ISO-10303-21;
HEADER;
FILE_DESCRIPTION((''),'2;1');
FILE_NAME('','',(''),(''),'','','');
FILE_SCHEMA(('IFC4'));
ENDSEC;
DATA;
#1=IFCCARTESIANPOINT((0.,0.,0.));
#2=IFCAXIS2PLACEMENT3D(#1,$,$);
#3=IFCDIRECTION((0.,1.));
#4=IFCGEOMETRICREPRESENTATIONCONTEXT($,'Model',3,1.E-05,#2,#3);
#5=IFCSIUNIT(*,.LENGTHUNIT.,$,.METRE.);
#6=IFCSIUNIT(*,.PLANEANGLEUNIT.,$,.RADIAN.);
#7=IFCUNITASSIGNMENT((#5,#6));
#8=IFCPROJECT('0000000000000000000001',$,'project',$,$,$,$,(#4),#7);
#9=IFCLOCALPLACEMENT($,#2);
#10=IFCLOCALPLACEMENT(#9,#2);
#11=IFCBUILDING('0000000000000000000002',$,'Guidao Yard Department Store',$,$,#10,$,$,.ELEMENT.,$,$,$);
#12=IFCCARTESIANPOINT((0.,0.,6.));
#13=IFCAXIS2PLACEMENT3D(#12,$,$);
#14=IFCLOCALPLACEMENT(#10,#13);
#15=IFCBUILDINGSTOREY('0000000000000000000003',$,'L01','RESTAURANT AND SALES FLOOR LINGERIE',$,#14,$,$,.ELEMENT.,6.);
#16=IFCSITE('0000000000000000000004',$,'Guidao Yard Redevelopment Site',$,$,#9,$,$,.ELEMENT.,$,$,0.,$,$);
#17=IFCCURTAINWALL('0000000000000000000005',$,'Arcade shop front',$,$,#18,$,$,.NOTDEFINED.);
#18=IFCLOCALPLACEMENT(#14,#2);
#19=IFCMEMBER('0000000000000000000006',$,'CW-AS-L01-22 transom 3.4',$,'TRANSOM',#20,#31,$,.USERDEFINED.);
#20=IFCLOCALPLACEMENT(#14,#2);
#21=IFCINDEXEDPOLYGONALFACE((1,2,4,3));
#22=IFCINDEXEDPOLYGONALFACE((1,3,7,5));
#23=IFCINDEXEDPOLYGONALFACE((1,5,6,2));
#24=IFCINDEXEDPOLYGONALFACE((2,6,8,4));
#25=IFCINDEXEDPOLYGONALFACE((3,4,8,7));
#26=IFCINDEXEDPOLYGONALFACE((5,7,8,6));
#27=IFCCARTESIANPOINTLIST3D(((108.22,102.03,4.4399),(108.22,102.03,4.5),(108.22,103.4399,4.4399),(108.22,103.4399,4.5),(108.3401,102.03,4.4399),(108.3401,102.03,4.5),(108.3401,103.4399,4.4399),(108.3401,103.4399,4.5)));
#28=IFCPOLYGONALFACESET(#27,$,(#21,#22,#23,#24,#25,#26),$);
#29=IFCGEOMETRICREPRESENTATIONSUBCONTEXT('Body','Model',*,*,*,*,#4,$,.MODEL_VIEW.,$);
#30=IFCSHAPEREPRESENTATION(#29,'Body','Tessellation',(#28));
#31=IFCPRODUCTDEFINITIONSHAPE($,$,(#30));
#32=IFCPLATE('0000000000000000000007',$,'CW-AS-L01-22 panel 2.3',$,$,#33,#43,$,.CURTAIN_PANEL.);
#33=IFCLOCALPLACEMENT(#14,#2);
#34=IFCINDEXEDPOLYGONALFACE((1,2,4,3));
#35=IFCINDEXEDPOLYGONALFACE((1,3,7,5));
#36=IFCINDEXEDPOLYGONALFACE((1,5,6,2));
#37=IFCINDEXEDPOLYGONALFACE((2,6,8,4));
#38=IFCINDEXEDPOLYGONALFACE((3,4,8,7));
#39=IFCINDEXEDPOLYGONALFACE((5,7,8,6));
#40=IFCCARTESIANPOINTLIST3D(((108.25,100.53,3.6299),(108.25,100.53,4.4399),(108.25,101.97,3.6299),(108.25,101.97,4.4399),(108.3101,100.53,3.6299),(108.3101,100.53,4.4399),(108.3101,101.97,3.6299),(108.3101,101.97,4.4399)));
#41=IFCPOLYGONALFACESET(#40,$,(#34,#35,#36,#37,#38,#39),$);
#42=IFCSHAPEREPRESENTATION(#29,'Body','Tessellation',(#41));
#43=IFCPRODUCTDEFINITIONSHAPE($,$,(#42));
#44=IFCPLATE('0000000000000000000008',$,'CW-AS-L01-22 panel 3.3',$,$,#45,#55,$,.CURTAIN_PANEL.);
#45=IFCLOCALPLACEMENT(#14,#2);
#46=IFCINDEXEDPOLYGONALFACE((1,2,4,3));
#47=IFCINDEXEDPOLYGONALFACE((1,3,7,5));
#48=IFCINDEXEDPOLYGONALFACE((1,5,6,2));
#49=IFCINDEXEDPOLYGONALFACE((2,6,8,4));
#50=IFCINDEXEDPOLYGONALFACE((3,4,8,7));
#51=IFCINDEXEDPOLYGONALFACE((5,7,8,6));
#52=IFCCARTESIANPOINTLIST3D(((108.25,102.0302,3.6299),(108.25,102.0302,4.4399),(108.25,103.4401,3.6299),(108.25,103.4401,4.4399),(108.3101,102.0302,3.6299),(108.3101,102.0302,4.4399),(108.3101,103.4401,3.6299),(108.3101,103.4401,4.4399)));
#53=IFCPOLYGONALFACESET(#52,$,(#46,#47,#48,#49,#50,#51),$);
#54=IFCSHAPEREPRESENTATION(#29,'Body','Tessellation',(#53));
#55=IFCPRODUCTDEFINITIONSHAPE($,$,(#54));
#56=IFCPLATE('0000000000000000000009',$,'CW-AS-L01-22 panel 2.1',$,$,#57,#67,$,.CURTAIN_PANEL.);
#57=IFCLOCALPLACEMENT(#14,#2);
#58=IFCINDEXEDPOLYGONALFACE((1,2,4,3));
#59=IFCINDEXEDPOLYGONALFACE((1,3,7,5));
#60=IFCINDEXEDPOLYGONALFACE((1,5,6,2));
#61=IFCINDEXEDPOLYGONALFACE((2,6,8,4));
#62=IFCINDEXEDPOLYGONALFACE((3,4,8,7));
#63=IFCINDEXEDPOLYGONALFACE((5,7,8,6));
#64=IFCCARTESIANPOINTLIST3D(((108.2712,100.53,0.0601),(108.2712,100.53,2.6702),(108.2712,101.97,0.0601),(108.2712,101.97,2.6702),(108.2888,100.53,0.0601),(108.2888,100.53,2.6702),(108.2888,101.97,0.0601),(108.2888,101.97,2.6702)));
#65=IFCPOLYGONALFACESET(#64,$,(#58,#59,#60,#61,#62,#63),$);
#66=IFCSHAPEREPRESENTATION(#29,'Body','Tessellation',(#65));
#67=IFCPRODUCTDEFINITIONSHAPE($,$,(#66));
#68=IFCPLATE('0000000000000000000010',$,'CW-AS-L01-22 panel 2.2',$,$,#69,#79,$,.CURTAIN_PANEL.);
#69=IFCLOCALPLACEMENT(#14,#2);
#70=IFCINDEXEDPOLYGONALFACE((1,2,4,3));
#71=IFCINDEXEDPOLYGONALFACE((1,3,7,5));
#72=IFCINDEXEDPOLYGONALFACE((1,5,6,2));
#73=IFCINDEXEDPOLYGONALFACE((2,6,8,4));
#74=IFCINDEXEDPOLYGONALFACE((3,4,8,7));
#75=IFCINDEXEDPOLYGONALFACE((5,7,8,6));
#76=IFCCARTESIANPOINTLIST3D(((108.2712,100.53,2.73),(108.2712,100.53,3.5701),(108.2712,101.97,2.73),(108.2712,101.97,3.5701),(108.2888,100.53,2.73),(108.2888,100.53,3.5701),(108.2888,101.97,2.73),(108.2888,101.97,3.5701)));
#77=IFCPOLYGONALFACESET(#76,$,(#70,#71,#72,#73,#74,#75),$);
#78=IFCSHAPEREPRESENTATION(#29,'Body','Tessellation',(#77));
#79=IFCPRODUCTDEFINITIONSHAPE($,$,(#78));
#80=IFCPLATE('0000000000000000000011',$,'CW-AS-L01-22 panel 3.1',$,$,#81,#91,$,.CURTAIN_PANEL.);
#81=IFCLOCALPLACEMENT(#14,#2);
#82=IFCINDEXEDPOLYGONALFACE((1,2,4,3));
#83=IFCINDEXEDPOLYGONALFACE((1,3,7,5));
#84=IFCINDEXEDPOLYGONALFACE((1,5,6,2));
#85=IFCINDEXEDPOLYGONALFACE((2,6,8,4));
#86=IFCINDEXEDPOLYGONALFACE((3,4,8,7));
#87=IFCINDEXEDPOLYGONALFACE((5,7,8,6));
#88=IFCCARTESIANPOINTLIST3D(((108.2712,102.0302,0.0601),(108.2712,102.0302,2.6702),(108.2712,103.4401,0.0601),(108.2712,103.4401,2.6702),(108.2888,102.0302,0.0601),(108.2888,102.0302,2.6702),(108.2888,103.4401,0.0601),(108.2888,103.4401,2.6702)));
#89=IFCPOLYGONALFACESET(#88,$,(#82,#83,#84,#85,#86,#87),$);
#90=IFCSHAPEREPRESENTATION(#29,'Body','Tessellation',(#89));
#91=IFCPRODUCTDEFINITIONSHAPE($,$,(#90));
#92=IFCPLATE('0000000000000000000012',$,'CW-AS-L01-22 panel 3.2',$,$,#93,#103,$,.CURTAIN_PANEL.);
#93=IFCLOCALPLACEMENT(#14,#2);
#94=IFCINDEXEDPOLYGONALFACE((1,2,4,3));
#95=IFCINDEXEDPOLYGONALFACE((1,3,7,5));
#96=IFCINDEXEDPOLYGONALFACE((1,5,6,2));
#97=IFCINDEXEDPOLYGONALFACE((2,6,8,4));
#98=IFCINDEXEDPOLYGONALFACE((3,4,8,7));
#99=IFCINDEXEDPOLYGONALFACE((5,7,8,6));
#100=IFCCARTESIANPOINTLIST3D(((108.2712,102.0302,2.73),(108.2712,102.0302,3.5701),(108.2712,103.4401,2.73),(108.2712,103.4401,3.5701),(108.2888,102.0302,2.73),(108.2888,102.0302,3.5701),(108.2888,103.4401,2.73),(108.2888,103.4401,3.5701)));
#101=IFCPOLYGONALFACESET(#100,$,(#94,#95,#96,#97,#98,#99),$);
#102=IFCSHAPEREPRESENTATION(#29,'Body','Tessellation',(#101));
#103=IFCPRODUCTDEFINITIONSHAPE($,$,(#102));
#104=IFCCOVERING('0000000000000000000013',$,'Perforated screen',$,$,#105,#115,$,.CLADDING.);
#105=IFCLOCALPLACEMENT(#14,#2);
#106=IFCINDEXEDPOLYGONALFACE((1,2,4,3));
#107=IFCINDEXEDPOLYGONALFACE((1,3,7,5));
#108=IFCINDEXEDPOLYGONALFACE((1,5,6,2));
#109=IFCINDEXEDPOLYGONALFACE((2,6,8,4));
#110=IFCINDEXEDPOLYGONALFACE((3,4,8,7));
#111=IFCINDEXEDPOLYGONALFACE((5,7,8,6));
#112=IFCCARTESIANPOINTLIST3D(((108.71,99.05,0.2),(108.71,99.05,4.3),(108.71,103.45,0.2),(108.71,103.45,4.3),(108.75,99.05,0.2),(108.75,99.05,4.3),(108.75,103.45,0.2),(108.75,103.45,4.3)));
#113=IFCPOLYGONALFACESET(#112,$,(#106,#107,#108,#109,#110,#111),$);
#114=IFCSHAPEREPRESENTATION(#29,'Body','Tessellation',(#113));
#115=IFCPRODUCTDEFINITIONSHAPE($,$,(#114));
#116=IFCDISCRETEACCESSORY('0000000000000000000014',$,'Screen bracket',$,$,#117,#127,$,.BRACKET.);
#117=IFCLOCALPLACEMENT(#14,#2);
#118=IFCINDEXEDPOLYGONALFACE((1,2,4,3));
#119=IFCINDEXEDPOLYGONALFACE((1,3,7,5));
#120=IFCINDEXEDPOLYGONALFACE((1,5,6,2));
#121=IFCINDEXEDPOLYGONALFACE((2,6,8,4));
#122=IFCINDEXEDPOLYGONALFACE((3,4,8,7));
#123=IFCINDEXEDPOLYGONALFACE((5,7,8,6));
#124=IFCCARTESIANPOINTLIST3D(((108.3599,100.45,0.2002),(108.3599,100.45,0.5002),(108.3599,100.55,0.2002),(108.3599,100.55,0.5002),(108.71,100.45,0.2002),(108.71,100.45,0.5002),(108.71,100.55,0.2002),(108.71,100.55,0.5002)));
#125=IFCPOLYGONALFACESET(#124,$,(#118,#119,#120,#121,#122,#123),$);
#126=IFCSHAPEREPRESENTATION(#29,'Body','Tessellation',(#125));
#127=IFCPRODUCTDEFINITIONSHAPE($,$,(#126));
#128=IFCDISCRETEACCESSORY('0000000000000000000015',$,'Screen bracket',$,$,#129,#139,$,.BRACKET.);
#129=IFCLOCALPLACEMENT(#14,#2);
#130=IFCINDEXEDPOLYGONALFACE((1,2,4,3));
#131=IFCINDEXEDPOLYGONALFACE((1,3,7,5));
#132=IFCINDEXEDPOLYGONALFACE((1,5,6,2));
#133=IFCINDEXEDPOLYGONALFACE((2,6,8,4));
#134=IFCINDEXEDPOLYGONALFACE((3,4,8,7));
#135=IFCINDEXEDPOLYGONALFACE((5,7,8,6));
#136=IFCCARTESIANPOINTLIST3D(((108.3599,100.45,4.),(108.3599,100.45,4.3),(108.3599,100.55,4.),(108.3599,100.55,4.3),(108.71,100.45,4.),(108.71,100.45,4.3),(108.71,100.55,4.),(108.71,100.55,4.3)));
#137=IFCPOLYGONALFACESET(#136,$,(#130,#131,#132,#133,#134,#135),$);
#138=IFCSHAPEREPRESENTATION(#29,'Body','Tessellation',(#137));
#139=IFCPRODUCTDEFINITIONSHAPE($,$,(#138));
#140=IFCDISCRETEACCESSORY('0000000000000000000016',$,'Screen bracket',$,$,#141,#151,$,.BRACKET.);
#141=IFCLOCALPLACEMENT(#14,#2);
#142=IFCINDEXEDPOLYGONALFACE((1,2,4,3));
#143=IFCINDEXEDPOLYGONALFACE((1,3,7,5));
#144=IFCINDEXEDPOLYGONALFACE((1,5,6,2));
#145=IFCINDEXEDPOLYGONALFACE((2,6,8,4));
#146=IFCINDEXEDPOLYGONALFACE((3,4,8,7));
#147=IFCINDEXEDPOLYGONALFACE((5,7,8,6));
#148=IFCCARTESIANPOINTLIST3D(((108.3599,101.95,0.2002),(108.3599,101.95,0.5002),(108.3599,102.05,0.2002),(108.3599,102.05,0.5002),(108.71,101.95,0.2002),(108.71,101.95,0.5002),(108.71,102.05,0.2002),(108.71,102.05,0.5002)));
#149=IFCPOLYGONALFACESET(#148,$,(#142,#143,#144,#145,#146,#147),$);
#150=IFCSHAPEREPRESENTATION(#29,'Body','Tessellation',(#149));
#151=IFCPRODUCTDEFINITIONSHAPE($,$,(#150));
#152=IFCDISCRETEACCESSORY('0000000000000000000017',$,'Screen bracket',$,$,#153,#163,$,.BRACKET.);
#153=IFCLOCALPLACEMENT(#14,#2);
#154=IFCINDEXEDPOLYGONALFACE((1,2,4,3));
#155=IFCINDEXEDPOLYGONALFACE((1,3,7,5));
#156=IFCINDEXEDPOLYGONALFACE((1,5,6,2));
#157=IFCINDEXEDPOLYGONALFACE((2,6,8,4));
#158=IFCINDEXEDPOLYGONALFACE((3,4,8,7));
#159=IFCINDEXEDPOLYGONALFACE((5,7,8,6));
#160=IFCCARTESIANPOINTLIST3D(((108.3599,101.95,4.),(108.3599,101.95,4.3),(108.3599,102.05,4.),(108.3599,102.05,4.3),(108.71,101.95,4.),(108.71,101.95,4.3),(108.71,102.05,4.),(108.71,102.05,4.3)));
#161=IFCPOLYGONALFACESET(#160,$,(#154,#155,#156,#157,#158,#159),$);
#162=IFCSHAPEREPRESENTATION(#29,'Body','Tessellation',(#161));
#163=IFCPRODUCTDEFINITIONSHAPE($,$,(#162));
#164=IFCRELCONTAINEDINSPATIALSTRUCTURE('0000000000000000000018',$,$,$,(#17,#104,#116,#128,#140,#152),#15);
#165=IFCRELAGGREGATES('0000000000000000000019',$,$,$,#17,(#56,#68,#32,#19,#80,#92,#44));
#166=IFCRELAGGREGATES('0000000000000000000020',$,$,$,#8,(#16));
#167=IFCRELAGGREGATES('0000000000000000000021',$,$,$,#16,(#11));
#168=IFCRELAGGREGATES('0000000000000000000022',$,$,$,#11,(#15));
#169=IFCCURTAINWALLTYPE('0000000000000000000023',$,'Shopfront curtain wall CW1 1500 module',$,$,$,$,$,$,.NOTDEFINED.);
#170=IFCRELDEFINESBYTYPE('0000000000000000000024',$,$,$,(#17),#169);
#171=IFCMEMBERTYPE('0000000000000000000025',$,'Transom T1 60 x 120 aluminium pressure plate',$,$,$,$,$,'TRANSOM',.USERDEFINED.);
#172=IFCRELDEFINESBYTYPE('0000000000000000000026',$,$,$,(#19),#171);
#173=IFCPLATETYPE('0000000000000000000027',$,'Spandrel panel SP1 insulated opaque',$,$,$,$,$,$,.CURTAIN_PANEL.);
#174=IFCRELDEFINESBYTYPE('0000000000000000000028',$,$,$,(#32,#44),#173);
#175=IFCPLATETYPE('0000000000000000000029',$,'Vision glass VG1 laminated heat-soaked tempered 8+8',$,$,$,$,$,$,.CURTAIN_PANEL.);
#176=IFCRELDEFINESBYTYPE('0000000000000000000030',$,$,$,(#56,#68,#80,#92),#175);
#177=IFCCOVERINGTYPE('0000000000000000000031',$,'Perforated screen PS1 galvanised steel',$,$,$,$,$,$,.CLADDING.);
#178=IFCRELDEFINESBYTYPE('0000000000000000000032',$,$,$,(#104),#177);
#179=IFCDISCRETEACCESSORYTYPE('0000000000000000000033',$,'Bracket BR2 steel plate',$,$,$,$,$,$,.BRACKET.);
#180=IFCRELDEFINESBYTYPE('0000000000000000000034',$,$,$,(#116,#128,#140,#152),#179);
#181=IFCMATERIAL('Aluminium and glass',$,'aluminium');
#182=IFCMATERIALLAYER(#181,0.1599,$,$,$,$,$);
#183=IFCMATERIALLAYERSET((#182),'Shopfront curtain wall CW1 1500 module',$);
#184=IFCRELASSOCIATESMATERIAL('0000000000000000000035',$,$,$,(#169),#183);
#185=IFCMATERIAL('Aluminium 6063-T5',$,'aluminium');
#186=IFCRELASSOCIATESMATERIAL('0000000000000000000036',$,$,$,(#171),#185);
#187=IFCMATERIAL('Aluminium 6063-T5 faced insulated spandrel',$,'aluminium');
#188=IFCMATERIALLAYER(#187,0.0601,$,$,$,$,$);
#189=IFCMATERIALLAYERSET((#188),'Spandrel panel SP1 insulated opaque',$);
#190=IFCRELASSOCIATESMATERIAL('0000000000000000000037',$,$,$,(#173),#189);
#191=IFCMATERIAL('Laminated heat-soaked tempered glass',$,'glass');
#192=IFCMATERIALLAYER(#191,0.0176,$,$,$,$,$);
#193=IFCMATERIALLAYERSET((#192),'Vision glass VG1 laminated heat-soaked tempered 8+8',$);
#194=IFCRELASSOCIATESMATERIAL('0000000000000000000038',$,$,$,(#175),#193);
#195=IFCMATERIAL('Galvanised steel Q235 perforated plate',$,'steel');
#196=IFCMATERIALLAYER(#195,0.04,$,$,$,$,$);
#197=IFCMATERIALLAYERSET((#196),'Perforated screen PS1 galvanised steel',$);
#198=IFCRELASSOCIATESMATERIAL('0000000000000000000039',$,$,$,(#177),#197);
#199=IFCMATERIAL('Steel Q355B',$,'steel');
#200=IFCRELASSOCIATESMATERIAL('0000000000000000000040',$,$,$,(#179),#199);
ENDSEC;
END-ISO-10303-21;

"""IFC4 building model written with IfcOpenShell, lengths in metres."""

from ifc_helpers import new_model, si_unit, direction, frame, origin, origin_2d, place, context, subcontext, project, spatial, rectangle, extrude, material, layer, layer_set, material_profile, profile_set, type_object, element, aggregate, save


model = new_model("IFC4")

# Units and contexts
model_context = context("Model", 3, precision=1e-05, world=origin(), true_north=direction((0.0, 1.0)))
body_context = subcontext(model_context, "Body", "Model", "MODEL_VIEW")
ifc_project = project(units=[si_unit("LENGTHUNIT", "METRE"), si_unit("PLANEANGLEUNIT", "RADIAN")], contexts=[model_context])

# Site, building, storey
site_placement = place(None, origin())
site = spatial("IfcSite", under=ifc_project, at=site_placement, Name="Guidao Yard Redevelopment Site", CompositionType="ELEMENT", RefElevation=0.0)
building_placement = place(site_placement, origin())
building = spatial("IfcBuilding", under=site, at=building_placement, Name="Guidao Yard Department Store", CompositionType="ELEMENT")
storey_placement = place(building_placement, frame((0.0, 0.0, 6.0)))
storey = spatial("IfcBuildingStorey", under=building, at=storey_placement, Name="L01", Description="RESTAURANT AND SALES FLOOR LINGERIE", CompositionType="ELEMENT", Elevation=6.0)

# Curtain wall, member, plates
ifc_material_1 = material(Name="Aluminium and glass", Category="aluminium")
ifc_layer_1 = layer(ifc_material_1, 0.1599)
ifc_layer_set_1 = layer_set([ifc_layer_1], Name="Shopfront curtain wall CW1 1500 module")
curtain_wall_type = type_object("IfcCurtainWallType", Name="Shopfront curtain wall CW1 1500 module", PredefinedType="NOTDEFINED", material=ifc_layer_set_1)
curtain_wall_placement = place(storey_placement, origin())
curtain_wall = element("IfcCurtainWall", 1, at=curtain_wall_placement, inside=storey, type_object=curtain_wall_type, Name="Arcade shop front", PredefinedType="NOTDEFINED")
ifc_material_2 = material(Name="Aluminium 6063-T5", Category="aluminium")
ifc_material_profile_1 = material_profile(ifc_material_2, rectangle(XDim=0.1201, YDim=0.0601, at=origin_2d()), Name="Transom T1 60 x 120 aluminium pressure plate")
ifc_profile_set_1 = profile_set([ifc_material_profile_1], Name="Aluminium 6063-T5")
member_type_1 = type_object("IfcMemberType", Name="Transom T1 60 x 120 aluminium pressure plate", ElementType="TRANSOM", PredefinedType="USERDEFINED", material=ifc_profile_set_1)
member_1_placement = place(storey_placement, frame((108.28, 103.4399, 4.47), z_axis=(0.0, -1.0, 0.0), x_axis=(1.0, 0.0, 0.0)))
member_1 = element("IfcMember", 2, at=member_1_placement, type_object=member_type_1, Name="CW-AS-L01-22 transom 3.4", ObjectType="TRANSOM", PredefinedType="USERDEFINED", context=body_context, shape_type="SweptSolid", body=[
    extrude(rectangle(XDim=0.1201, YDim=0.0601, at=origin_2d()), origin(), (0.0, 0.0, 1.0), 1.4099),
])
ifc_material_3 = material(Name="Aluminium 6063-T5 faced insulated spandrel", Category="aluminium")
ifc_layer_2 = layer(ifc_material_3, 0.0601)
ifc_layer_set_2 = layer_set([ifc_layer_2], Name="Spandrel panel SP1 insulated opaque")
plate_type_1 = type_object("IfcPlateType", Name="Spandrel panel SP1 insulated opaque", PredefinedType="CURTAIN_PANEL", material=ifc_layer_set_2)
plate_1_placement = place(storey_placement, frame((108.28, 101.25, 3.6299), z_axis=(0.0, 0.0, 1.0), x_axis=(0.0, -1.0, 0.0)))
plate_1 = element("IfcPlate", 3, at=plate_1_placement, type_object=plate_type_1, Name="CW-AS-L01-22 panel 2.3", PredefinedType="CURTAIN_PANEL", context=body_context, shape_type="SweptSolid", body=[
    extrude(rectangle(XDim=1.4399, YDim=0.0601, at=origin_2d()), origin(), (0.0, 0.0, 1.0), 0.8101),
])
plate_2_placement = place(storey_placement, frame((108.28, 102.7351, 3.6299), z_axis=(0.0, 0.0, 1.0), x_axis=(0.0, -1.0, 0.0)))
plate_2 = element("IfcPlate", 4, at=plate_2_placement, type_object=plate_type_1, Name="CW-AS-L01-22 panel 3.3", PredefinedType="CURTAIN_PANEL", context=body_context, shape_type="SweptSolid", body=[
    extrude(rectangle(XDim=1.4099, YDim=0.0601, at=origin_2d()), origin(), (0.0, 0.0, 1.0), 0.8101),
])
ifc_material_4 = material(Name="Laminated heat-soaked tempered glass", Category="glass")
ifc_layer_3 = layer(ifc_material_4, 0.0176)
ifc_layer_set_3 = layer_set([ifc_layer_3], Name="Vision glass VG1 laminated heat-soaked tempered 8+8")
plate_type_2 = type_object("IfcPlateType", Name="Vision glass VG1 laminated heat-soaked tempered 8+8", PredefinedType="CURTAIN_PANEL", material=ifc_layer_set_3)
plate_3_placement = place(storey_placement, frame((108.28, 101.25, 0.0601), z_axis=(0.0, 0.0, 1.0), x_axis=(0.0, -1.0, 0.0)))
plate_3 = element("IfcPlate", 5, at=plate_3_placement, type_object=plate_type_2, Name="CW-AS-L01-22 panel 2.1", PredefinedType="CURTAIN_PANEL", context=body_context, shape_type="SweptSolid", body=[
    extrude(rectangle(XDim=1.4399, YDim=0.0176, at=origin_2d()), origin(), (0.0, 0.0, 1.0), 2.6101),
])
plate_4_placement = place(storey_placement, frame((108.28, 101.25, 2.73), z_axis=(0.0, 0.0, 1.0), x_axis=(0.0, -1.0, 0.0)))
plate_4 = element("IfcPlate", 6, at=plate_4_placement, type_object=plate_type_2, Name="CW-AS-L01-22 panel 2.2", PredefinedType="CURTAIN_PANEL", context=body_context, shape_type="SweptSolid", body=[
    extrude(rectangle(XDim=1.4399, YDim=0.0176, at=origin_2d()), origin(), (0.0, 0.0, 1.0), 0.8401),
])
plate_5_placement = place(storey_placement, frame((108.28, 102.7351, 0.0601), z_axis=(0.0, 0.0, 1.0), x_axis=(0.0, -1.0, 0.0)))
plate_5 = element("IfcPlate", 7, at=plate_5_placement, type_object=plate_type_2, Name="CW-AS-L01-22 panel 3.1", PredefinedType="CURTAIN_PANEL", context=body_context, shape_type="SweptSolid", body=[
    extrude(rectangle(XDim=1.4099, YDim=0.0176, at=origin_2d()), origin(), (0.0, 0.0, 1.0), 2.6101),
])
plate_6_placement = place(storey_placement, frame((108.28, 102.7351, 2.73), z_axis=(0.0, 0.0, 1.0), x_axis=(0.0, -1.0, 0.0)))
plate_6 = element("IfcPlate", 8, at=plate_6_placement, type_object=plate_type_2, Name="CW-AS-L01-22 panel 3.2", PredefinedType="CURTAIN_PANEL", context=body_context, shape_type="SweptSolid", body=[
    extrude(rectangle(XDim=1.4099, YDim=0.0176, at=origin_2d()), origin(), (0.0, 0.0, 1.0), 0.8401),
])
aggregate(curtain_wall, [plate_3, plate_4, plate_1, member_1, plate_5, plate_6, plate_2])

# Covering
ifc_material_5 = material(Name="Galvanised steel Q235 perforated plate", Category="steel")
ifc_layer_4 = layer(ifc_material_5, 0.04)
ifc_layer_set_4 = layer_set([ifc_layer_4], Name="Perforated screen PS1 galvanised steel")
covering_type = type_object("IfcCoveringType", Name="Perforated screen PS1 galvanised steel", PredefinedType="CLADDING", material=ifc_layer_set_4)
covering_placement = place(storey_placement, frame((108.73, 101.25, 0.2), z_axis=(0.0, 0.0, 1.0), x_axis=(0.0, -1.0, 0.0)))
element("IfcCovering", 9, at=covering_placement, inside=storey, type_object=covering_type, Name="Perforated screen", PredefinedType="CLADDING", context=body_context, shape_type="SweptSolid", body=[
    extrude(rectangle(XDim=4.3999, YDim=0.04, at=origin_2d()), origin(), (0.0, 0.0, 1.0), 4.1001),
])

# Discrete accessories
ifc_material_6 = material(Name="Steel Q355B", Category="steel")
discrete_accessory_type = type_object("IfcDiscreteAccessoryType", Name="Bracket BR2 steel plate", PredefinedType="BRACKET", material=ifc_material_6)
for number, where, z_axis, x_axis, name in (
    (10, (108.5349, 100.5, 0.2002), (0.0, 0.0, 1.0), (0.0, -1.0, 0.0), "Screen bracket"),
    (11, (108.5349, 100.5, 4.0), (0.0, 0.0, 1.0), (0.0, -1.0, 0.0), "Screen bracket"),
    (12, (108.5349, 102.0, 0.2002), (0.0, 0.0, 1.0), (0.0, -1.0, 0.0), "Screen bracket"),
    (13, (108.5349, 102.0, 4.0), (0.0, 0.0, 1.0), (0.0, -1.0, 0.0), "Screen bracket"),
):
    element("IfcDiscreteAccessory", number, at=place(storey_placement, frame(where, z_axis=z_axis, x_axis=x_axis)), inside=storey, type_object=discrete_accessory_type, Name=name, PredefinedType="BRACKET", context=body_context, shape_type="SweptSolid", body=[
        extrude(rectangle(XDim=0.1001, YDim=0.3501, at=origin_2d()), origin(), (0.0, 0.0, 1.0), 0.3),
    ])

save(model, "model.ifc")
